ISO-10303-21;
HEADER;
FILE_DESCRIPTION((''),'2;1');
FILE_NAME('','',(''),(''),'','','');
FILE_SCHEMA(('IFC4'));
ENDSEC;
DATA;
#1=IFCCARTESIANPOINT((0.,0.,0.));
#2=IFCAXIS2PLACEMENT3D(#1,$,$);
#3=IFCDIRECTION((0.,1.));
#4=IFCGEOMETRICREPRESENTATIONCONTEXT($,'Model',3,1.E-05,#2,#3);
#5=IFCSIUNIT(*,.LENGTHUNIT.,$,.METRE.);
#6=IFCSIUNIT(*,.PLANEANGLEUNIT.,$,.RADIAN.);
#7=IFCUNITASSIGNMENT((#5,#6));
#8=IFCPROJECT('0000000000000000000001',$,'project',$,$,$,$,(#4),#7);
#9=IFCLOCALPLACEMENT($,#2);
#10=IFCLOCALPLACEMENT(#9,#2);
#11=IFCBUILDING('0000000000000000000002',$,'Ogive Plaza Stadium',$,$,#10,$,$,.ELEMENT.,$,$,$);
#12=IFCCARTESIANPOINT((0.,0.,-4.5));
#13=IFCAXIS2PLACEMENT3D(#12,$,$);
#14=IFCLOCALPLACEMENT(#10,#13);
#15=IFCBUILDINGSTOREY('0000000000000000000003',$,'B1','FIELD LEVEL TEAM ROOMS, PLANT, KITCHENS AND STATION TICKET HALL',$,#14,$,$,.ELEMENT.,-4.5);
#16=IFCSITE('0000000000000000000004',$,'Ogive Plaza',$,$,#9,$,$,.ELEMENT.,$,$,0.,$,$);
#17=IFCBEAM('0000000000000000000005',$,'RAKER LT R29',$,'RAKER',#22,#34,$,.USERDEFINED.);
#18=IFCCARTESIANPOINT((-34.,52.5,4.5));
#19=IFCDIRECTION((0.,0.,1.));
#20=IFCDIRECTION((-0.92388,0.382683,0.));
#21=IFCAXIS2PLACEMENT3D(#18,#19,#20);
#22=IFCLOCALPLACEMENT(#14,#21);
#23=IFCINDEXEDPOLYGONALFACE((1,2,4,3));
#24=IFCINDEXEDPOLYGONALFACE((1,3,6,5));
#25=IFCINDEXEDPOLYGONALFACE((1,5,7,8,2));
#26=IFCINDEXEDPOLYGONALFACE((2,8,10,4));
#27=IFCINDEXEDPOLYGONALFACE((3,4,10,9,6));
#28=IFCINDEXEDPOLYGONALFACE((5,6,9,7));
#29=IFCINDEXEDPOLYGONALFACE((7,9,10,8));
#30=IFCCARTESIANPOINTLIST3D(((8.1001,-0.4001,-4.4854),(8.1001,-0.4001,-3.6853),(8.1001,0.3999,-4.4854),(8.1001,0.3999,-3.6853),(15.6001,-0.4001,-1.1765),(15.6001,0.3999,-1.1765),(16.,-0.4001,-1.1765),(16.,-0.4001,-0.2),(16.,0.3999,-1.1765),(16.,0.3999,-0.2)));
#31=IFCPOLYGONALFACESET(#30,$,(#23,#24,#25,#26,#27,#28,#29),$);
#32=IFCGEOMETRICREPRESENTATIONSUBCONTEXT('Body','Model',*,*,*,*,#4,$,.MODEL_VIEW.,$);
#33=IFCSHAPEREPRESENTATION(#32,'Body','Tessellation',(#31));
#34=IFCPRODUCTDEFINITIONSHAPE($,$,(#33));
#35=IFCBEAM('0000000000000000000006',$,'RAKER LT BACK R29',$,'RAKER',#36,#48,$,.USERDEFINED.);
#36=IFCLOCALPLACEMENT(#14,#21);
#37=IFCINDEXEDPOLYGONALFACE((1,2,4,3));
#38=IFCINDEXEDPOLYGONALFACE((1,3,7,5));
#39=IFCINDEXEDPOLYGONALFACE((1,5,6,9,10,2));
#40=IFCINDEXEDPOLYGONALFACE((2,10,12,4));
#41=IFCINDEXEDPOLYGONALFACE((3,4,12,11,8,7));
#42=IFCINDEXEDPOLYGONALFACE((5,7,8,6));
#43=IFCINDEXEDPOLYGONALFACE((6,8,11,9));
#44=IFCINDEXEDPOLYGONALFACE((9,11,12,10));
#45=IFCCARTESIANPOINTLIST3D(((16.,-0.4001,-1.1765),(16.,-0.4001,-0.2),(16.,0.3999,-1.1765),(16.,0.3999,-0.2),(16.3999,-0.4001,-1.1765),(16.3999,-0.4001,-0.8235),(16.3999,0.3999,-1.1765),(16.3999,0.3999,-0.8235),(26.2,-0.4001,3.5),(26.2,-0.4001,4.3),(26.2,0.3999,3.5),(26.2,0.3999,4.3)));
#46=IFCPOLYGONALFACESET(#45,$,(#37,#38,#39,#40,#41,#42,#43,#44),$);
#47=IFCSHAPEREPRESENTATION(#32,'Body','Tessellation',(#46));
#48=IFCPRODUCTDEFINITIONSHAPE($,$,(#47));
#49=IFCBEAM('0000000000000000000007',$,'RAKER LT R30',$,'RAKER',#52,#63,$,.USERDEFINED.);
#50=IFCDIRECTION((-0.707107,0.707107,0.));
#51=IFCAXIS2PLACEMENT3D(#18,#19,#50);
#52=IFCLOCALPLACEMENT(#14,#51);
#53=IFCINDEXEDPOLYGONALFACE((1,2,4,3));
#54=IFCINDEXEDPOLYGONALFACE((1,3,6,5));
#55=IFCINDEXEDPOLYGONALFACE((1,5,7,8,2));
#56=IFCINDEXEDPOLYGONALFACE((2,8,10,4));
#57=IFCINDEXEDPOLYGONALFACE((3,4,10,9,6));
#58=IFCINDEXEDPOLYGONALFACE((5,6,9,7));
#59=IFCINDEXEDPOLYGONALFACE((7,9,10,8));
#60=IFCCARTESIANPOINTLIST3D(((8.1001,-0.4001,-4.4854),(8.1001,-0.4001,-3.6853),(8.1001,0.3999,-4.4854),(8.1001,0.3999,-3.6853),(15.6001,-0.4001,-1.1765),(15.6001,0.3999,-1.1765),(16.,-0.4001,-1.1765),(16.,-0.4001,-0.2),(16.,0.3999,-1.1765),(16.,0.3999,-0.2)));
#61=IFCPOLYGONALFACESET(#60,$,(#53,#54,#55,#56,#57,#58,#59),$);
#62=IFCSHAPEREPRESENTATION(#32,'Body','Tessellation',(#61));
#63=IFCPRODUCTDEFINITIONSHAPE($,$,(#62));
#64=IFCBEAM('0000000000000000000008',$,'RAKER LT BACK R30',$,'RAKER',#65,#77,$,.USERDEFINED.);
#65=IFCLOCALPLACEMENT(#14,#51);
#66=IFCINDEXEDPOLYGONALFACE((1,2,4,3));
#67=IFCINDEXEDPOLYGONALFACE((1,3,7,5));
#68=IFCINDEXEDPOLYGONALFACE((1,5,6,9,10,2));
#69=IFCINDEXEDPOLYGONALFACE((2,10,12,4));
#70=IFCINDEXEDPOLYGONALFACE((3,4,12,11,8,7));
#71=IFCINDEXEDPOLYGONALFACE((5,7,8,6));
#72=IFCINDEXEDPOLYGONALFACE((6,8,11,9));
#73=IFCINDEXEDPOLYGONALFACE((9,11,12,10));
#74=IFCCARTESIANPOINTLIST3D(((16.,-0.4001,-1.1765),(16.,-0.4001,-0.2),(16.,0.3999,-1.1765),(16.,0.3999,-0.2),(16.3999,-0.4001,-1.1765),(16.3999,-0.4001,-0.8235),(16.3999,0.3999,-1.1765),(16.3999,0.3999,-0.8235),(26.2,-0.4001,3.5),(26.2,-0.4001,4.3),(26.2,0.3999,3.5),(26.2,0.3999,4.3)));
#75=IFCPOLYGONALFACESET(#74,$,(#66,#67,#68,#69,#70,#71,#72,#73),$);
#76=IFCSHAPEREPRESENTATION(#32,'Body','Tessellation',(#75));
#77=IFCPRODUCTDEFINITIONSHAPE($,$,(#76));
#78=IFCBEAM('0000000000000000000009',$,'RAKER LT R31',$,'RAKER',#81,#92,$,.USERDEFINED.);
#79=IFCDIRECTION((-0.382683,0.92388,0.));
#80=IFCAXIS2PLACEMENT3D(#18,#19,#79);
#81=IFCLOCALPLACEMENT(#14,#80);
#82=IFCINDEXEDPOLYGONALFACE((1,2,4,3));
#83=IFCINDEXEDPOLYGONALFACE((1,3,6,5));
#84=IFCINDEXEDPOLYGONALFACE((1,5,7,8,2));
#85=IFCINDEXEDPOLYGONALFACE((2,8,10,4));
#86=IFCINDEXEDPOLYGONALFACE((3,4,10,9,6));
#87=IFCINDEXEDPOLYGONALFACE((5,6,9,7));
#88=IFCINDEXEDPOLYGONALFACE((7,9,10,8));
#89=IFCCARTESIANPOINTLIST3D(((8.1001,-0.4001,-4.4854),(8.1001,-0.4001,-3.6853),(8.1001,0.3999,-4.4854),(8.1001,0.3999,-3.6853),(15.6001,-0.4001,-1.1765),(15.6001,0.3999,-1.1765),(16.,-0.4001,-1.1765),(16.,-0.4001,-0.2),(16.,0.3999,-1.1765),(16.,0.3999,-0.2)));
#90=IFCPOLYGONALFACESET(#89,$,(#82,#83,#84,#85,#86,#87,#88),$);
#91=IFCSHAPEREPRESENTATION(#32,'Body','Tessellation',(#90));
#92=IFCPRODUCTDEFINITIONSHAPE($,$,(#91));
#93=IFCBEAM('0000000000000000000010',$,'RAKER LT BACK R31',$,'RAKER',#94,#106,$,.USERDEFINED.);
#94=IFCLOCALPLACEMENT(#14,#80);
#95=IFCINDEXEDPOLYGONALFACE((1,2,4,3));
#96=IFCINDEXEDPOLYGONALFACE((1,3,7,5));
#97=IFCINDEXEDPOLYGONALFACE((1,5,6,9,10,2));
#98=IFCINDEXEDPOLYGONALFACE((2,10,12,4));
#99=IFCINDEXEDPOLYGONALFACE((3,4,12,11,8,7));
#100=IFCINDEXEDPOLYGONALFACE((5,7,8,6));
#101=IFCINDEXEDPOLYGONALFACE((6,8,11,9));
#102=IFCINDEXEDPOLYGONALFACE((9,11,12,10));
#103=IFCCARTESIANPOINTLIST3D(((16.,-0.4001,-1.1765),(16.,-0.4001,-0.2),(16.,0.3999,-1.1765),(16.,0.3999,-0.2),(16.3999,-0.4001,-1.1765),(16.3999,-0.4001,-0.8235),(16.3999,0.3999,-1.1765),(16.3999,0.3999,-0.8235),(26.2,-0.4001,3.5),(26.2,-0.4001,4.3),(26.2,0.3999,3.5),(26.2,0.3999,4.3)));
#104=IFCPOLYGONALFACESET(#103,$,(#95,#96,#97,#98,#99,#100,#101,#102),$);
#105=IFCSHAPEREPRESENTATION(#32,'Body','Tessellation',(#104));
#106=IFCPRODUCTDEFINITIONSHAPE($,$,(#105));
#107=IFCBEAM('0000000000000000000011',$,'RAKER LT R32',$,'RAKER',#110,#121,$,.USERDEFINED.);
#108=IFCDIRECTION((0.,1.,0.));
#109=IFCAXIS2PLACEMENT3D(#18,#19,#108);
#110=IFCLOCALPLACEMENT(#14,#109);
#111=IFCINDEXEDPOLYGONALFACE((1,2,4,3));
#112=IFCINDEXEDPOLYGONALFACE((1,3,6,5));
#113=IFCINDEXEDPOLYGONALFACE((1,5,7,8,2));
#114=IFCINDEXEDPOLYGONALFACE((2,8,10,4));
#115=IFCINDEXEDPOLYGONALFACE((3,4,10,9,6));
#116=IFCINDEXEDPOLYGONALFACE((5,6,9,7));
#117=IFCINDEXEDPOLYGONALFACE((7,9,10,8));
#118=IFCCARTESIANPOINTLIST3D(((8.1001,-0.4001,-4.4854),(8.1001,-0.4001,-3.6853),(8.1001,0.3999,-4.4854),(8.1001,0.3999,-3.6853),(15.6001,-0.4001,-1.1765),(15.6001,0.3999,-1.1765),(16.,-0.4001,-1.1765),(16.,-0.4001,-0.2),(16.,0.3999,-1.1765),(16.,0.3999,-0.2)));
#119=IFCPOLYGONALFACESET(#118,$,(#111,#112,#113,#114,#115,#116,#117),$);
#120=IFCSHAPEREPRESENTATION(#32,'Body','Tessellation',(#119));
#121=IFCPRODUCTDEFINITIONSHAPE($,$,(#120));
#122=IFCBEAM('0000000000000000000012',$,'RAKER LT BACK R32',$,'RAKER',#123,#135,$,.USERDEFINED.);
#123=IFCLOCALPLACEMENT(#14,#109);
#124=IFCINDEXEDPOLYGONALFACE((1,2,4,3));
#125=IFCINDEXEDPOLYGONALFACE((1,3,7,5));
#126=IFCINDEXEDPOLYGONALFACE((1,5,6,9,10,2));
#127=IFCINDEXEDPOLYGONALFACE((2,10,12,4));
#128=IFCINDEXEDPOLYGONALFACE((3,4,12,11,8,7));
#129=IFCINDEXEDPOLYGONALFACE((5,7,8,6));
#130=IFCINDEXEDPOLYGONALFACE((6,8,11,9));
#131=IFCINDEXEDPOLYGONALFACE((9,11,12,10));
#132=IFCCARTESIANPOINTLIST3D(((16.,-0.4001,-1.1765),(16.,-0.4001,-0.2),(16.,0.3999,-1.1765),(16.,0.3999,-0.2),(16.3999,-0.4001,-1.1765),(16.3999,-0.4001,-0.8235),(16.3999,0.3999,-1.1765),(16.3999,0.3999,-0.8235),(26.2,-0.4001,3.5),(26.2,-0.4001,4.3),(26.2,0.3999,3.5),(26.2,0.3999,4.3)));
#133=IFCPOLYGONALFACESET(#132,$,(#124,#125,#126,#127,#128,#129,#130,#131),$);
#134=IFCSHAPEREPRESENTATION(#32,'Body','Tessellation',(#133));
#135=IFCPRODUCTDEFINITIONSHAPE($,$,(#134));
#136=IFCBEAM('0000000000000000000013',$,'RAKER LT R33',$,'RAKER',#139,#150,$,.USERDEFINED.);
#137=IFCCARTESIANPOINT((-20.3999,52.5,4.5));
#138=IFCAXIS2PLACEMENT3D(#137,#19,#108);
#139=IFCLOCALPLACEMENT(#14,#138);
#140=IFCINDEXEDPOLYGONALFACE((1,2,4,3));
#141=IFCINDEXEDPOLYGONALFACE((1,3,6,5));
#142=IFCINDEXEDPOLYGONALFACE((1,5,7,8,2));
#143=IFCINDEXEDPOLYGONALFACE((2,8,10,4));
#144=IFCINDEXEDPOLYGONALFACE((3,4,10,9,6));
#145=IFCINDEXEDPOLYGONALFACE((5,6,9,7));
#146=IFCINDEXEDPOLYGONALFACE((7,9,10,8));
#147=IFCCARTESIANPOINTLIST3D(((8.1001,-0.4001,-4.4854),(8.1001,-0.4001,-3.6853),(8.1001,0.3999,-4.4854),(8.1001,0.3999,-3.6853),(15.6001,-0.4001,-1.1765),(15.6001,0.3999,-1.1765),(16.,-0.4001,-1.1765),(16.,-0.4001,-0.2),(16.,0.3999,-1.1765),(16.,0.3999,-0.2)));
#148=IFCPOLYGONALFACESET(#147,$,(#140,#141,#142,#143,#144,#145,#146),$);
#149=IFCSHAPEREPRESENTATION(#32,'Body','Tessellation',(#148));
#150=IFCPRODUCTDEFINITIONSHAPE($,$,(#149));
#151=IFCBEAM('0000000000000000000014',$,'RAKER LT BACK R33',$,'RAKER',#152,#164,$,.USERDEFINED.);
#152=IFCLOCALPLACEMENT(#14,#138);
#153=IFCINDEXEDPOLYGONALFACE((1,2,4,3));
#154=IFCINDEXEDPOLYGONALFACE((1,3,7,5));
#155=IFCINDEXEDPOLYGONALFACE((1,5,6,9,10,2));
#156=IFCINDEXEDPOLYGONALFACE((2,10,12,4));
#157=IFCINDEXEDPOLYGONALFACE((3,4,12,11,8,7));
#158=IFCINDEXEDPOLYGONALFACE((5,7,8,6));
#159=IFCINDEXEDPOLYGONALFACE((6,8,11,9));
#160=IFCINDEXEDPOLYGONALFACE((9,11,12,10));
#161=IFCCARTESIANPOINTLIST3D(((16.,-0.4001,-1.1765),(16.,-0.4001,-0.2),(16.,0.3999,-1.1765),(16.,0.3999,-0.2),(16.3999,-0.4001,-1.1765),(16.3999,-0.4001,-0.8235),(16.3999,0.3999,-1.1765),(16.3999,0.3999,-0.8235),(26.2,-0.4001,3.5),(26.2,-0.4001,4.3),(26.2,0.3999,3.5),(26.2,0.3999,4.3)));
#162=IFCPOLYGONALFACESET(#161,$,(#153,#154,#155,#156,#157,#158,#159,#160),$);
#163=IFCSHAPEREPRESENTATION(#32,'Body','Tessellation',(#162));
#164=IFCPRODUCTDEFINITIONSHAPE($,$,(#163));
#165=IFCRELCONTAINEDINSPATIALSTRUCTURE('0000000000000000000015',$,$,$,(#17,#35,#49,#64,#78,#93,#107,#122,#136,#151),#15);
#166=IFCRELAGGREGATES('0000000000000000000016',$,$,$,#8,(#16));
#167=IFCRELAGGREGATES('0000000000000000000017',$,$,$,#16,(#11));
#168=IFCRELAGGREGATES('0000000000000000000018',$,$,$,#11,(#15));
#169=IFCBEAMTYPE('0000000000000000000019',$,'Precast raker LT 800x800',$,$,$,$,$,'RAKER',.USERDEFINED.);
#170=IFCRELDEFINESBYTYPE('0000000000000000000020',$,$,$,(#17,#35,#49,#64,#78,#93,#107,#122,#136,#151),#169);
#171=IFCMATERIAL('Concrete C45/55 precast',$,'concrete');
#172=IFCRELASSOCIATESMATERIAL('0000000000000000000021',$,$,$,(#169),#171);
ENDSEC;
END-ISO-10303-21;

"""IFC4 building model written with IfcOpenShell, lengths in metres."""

from ifc_helpers import new_model, si_unit, direction, frame, origin, origin_2d, place, context, subcontext, project, spatial, polyline, rectangle, outline, extrude, material, material_profile, profile_set, type_object, element, save


model = new_model("IFC4")

# Units and contexts
model_context = context("Model", 3, precision=1e-05, world=origin(), true_north=direction((0.0, 1.0)))
body_context = subcontext(model_context, "Body", "Model", "MODEL_VIEW")
ifc_project = project(units=[si_unit("LENGTHUNIT", "METRE"), si_unit("PLANEANGLEUNIT", "RADIAN")], contexts=[model_context])

# Site, building, storey
site_placement = place(None, origin())
site = spatial("IfcSite", under=ifc_project, at=site_placement, Name="Ogive Plaza", CompositionType="ELEMENT", RefElevation=0.0)
building_placement = place(site_placement, origin())
building = spatial("IfcBuilding", under=site, at=building_placement, Name="Ogive Plaza Stadium", CompositionType="ELEMENT")
storey_placement = place(building_placement, frame((0.0, 0.0, -4.5)))
storey = spatial("IfcBuildingStorey", under=building, at=storey_placement, Name="B1", Description="FIELD LEVEL TEAM ROOMS, PLANT, KITCHENS AND STATION TICKET HALL", CompositionType="ELEMENT", Elevation=-4.5)

# Beams
ifc_material_1 = material(Name="Concrete C45/55 precast", Category="concrete")
ifc_material_profile_1 = material_profile(ifc_material_1, rectangle(XDim=0.8, YDim=0.8, at=origin_2d()), Name="RC 800x800")
ifc_profile_set_1 = profile_set([ifc_material_profile_1], Name="Concrete C45/55 precast")
beam_type = type_object("IfcBeamType", Name="Precast raker LT 800x800", ElementType="RAKER", PredefinedType="USERDEFINED", material=ifc_profile_set_1)
beam_1_placement = place(storey_placement, frame((-34.0, 52.5, 4.5), z_axis=(0.0, 0.0, 1.0), x_axis=(-0.92388, 0.382683, 0.0)))
element("IfcBeam", 1, at=beam_1_placement, inside=storey, type_object=beam_type, Name="RAKER LT R29", ObjectType="RAKER", PredefinedType="USERDEFINED", context=body_context, shape_type="SweptSolid", body=[
    extrude(outline(polyline([(8.1001, -4.4854), (15.6001, -1.1765), (16.0, -1.1765), (16.0, -0.2), (8.1001, -3.6853), (8.1001, -4.4854)])), frame((0.0, 0.3999, 0.0), z_axis=(0.0, -1.0, 0.0), x_axis=(1.0, 0.0, 0.0)), (0.0, 0.0, 1.0), 0.8),
])
beam_2_placement = place(storey_placement, frame((-34.0, 52.5, 4.5), z_axis=(0.0, 0.0, 1.0), x_axis=(-0.92388, 0.382683, 0.0)))
element("IfcBeam", 2, at=beam_2_placement, inside=storey, type_object=beam_type, Name="RAKER LT BACK R29", ObjectType="RAKER", PredefinedType="USERDEFINED", context=body_context, shape_type="SweptSolid", body=[
    extrude(outline(polyline([(16.0, -1.1765), (16.3999, -1.1765), (16.3999, -0.8235), (26.2, 3.5), (26.2, 4.3), (16.0, -0.2), (16.0, -1.1765)])), frame((0.0, 0.3999, 0.0), z_axis=(0.0, -1.0, 0.0), x_axis=(1.0, 0.0, 0.0)), (0.0, 0.0, 1.0), 0.8),
])
beam_3_placement = place(storey_placement, frame((-34.0, 52.5, 4.5), z_axis=(0.0, 0.0, 1.0), x_axis=(-0.707107, 0.707107, 0.0)))
element("IfcBeam", 3, at=beam_3_placement, inside=storey, type_object=beam_type, Name="RAKER LT R30", ObjectType="RAKER", PredefinedType="USERDEFINED", context=body_context, shape_type="SweptSolid", body=[
    extrude(outline(polyline([(8.1001, -4.4854), (15.6001, -1.1765), (16.0, -1.1765), (16.0, -0.2), (8.1001, -3.6853), (8.1001, -4.4854)])), frame((0.0, 0.3999, 0.0), z_axis=(0.0, -1.0, 0.0), x_axis=(1.0, 0.0, 0.0)), (0.0, 0.0, 1.0), 0.8),
])
beam_4_placement = place(storey_placement, frame((-34.0, 52.5, 4.5), z_axis=(0.0, 0.0, 1.0), x_axis=(-0.707107, 0.707107, 0.0)))
element("IfcBeam", 4, at=beam_4_placement, inside=storey, type_object=beam_type, Name="RAKER LT BACK R30", ObjectType="RAKER", PredefinedType="USERDEFINED", context=body_context, shape_type="SweptSolid", body=[
    extrude(outline(polyline([(16.0, -1.1765), (16.3999, -1.1765), (16.3999, -0.8235), (26.2, 3.5), (26.2, 4.3), (16.0, -0.2), (16.0, -1.1765)])), frame((0.0, 0.3999, 0.0), z_axis=(0.0, -1.0, 0.0), x_axis=(1.0, 0.0, 0.0)), (0.0, 0.0, 1.0), 0.8),
])
beam_5_placement = place(storey_placement, frame((-34.0, 52.5, 4.5), z_axis=(0.0, 0.0, 1.0), x_axis=(-0.382683, 0.92388, 0.0)))
element("IfcBeam", 5, at=beam_5_placement, inside=storey, type_object=beam_type, Name="RAKER LT R31", ObjectType="RAKER", PredefinedType="USERDEFINED", context=body_context, shape_type="SweptSolid", body=[
    extrude(outline(polyline([(8.1001, -4.4854), (15.6001, -1.1765), (16.0, -1.1765), (16.0, -0.2), (8.1001, -3.6853), (8.1001, -4.4854)])), frame((0.0, 0.3999, 0.0), z_axis=(0.0, -1.0, 0.0), x_axis=(1.0, 0.0, 0.0)), (0.0, 0.0, 1.0), 0.8),
])
beam_6_placement = place(storey_placement, frame((-34.0, 52.5, 4.5), z_axis=(0.0, 0.0, 1.0), x_axis=(-0.382683, 0.92388, 0.0)))
element("IfcBeam", 6, at=beam_6_placement, inside=storey, type_object=beam_type, Name="RAKER LT BACK R31", ObjectType="RAKER", PredefinedType="USERDEFINED", context=body_context, shape_type="SweptSolid", body=[
    extrude(outline(polyline([(16.0, -1.1765), (16.3999, -1.1765), (16.3999, -0.8235), (26.2, 3.5), (26.2, 4.3), (16.0, -0.2), (16.0, -1.1765)])), frame((0.0, 0.3999, 0.0), z_axis=(0.0, -1.0, 0.0), x_axis=(1.0, 0.0, 0.0)), (0.0, 0.0, 1.0), 0.8),
])
beam_7_placement = place(storey_placement, frame((-34.0, 52.5, 4.5), z_axis=(0.0, 0.0, 1.0), x_axis=(0.0, 1.0, 0.0)))
element("IfcBeam", 7, at=beam_7_placement, inside=storey, type_object=beam_type, Name="RAKER LT R32", ObjectType="RAKER", PredefinedType="USERDEFINED", context=body_context, shape_type="SweptSolid", body=[
    extrude(outline(polyline([(8.1001, -4.4854), (15.6001, -1.1765), (16.0, -1.1765), (16.0, -0.2), (8.1001, -3.6853), (8.1001, -4.4854)])), frame((0.0, 0.3999, 0.0), z_axis=(0.0, -1.0, 0.0), x_axis=(1.0, 0.0, 0.0)), (0.0, 0.0, 1.0), 0.8),
])
beam_8_placement = place(storey_placement, frame((-34.0, 52.5, 4.5), z_axis=(0.0, 0.0, 1.0), x_axis=(0.0, 1.0, 0.0)))
element("IfcBeam", 8, at=beam_8_placement, inside=storey, type_object=beam_type, Name="RAKER LT BACK R32", ObjectType="RAKER", PredefinedType="USERDEFINED", context=body_context, shape_type="SweptSolid", body=[
    extrude(outline(polyline([(16.0, -1.1765), (16.3999, -1.1765), (16.3999, -0.8235), (26.2, 3.5), (26.2, 4.3), (16.0, -0.2), (16.0, -1.1765)])), frame((0.0, 0.3999, 0.0), z_axis=(0.0, -1.0, 0.0), x_axis=(1.0, 0.0, 0.0)), (0.0, 0.0, 1.0), 0.8),
])
beam_9_placement = place(storey_placement, frame((-20.3999, 52.5, 4.5), z_axis=(0.0, 0.0, 1.0), x_axis=(0.0, 1.0, 0.0)))
element("IfcBeam", 9, at=beam_9_placement, inside=storey, type_object=beam_type, Name="RAKER LT R33", ObjectType="RAKER", PredefinedType="USERDEFINED", context=body_context, shape_type="SweptSolid", body=[
    extrude(outline(polyline([(8.1001, -4.4854), (15.6001, -1.1765), (16.0, -1.1765), (16.0, -0.2), (8.1001, -3.6853), (8.1001, -4.4854)])), frame((0.0, 0.3999, 0.0), z_axis=(0.0, -1.0, 0.0), x_axis=(1.0, 0.0, 0.0)), (0.0, 0.0, 1.0), 0.8),
])
beam_10_placement = place(storey_placement, frame((-20.3999, 52.5, 4.5), z_axis=(0.0, 0.0, 1.0), x_axis=(0.0, 1.0, 0.0)))
element("IfcBeam", 10, at=beam_10_placement, inside=storey, type_object=beam_type, Name="RAKER LT BACK R33", ObjectType="RAKER", PredefinedType="USERDEFINED", context=body_context, shape_type="SweptSolid", body=[
    extrude(outline(polyline([(16.0, -1.1765), (16.3999, -1.1765), (16.3999, -0.8235), (26.2, 3.5), (26.2, 4.3), (16.0, -0.2), (16.0, -1.1765)])), frame((0.0, 0.3999, 0.0), z_axis=(0.0, -1.0, 0.0), x_axis=(1.0, 0.0, 0.0)), (0.0, 0.0, 1.0), 0.8),
])

save(model, "model.ifc")
